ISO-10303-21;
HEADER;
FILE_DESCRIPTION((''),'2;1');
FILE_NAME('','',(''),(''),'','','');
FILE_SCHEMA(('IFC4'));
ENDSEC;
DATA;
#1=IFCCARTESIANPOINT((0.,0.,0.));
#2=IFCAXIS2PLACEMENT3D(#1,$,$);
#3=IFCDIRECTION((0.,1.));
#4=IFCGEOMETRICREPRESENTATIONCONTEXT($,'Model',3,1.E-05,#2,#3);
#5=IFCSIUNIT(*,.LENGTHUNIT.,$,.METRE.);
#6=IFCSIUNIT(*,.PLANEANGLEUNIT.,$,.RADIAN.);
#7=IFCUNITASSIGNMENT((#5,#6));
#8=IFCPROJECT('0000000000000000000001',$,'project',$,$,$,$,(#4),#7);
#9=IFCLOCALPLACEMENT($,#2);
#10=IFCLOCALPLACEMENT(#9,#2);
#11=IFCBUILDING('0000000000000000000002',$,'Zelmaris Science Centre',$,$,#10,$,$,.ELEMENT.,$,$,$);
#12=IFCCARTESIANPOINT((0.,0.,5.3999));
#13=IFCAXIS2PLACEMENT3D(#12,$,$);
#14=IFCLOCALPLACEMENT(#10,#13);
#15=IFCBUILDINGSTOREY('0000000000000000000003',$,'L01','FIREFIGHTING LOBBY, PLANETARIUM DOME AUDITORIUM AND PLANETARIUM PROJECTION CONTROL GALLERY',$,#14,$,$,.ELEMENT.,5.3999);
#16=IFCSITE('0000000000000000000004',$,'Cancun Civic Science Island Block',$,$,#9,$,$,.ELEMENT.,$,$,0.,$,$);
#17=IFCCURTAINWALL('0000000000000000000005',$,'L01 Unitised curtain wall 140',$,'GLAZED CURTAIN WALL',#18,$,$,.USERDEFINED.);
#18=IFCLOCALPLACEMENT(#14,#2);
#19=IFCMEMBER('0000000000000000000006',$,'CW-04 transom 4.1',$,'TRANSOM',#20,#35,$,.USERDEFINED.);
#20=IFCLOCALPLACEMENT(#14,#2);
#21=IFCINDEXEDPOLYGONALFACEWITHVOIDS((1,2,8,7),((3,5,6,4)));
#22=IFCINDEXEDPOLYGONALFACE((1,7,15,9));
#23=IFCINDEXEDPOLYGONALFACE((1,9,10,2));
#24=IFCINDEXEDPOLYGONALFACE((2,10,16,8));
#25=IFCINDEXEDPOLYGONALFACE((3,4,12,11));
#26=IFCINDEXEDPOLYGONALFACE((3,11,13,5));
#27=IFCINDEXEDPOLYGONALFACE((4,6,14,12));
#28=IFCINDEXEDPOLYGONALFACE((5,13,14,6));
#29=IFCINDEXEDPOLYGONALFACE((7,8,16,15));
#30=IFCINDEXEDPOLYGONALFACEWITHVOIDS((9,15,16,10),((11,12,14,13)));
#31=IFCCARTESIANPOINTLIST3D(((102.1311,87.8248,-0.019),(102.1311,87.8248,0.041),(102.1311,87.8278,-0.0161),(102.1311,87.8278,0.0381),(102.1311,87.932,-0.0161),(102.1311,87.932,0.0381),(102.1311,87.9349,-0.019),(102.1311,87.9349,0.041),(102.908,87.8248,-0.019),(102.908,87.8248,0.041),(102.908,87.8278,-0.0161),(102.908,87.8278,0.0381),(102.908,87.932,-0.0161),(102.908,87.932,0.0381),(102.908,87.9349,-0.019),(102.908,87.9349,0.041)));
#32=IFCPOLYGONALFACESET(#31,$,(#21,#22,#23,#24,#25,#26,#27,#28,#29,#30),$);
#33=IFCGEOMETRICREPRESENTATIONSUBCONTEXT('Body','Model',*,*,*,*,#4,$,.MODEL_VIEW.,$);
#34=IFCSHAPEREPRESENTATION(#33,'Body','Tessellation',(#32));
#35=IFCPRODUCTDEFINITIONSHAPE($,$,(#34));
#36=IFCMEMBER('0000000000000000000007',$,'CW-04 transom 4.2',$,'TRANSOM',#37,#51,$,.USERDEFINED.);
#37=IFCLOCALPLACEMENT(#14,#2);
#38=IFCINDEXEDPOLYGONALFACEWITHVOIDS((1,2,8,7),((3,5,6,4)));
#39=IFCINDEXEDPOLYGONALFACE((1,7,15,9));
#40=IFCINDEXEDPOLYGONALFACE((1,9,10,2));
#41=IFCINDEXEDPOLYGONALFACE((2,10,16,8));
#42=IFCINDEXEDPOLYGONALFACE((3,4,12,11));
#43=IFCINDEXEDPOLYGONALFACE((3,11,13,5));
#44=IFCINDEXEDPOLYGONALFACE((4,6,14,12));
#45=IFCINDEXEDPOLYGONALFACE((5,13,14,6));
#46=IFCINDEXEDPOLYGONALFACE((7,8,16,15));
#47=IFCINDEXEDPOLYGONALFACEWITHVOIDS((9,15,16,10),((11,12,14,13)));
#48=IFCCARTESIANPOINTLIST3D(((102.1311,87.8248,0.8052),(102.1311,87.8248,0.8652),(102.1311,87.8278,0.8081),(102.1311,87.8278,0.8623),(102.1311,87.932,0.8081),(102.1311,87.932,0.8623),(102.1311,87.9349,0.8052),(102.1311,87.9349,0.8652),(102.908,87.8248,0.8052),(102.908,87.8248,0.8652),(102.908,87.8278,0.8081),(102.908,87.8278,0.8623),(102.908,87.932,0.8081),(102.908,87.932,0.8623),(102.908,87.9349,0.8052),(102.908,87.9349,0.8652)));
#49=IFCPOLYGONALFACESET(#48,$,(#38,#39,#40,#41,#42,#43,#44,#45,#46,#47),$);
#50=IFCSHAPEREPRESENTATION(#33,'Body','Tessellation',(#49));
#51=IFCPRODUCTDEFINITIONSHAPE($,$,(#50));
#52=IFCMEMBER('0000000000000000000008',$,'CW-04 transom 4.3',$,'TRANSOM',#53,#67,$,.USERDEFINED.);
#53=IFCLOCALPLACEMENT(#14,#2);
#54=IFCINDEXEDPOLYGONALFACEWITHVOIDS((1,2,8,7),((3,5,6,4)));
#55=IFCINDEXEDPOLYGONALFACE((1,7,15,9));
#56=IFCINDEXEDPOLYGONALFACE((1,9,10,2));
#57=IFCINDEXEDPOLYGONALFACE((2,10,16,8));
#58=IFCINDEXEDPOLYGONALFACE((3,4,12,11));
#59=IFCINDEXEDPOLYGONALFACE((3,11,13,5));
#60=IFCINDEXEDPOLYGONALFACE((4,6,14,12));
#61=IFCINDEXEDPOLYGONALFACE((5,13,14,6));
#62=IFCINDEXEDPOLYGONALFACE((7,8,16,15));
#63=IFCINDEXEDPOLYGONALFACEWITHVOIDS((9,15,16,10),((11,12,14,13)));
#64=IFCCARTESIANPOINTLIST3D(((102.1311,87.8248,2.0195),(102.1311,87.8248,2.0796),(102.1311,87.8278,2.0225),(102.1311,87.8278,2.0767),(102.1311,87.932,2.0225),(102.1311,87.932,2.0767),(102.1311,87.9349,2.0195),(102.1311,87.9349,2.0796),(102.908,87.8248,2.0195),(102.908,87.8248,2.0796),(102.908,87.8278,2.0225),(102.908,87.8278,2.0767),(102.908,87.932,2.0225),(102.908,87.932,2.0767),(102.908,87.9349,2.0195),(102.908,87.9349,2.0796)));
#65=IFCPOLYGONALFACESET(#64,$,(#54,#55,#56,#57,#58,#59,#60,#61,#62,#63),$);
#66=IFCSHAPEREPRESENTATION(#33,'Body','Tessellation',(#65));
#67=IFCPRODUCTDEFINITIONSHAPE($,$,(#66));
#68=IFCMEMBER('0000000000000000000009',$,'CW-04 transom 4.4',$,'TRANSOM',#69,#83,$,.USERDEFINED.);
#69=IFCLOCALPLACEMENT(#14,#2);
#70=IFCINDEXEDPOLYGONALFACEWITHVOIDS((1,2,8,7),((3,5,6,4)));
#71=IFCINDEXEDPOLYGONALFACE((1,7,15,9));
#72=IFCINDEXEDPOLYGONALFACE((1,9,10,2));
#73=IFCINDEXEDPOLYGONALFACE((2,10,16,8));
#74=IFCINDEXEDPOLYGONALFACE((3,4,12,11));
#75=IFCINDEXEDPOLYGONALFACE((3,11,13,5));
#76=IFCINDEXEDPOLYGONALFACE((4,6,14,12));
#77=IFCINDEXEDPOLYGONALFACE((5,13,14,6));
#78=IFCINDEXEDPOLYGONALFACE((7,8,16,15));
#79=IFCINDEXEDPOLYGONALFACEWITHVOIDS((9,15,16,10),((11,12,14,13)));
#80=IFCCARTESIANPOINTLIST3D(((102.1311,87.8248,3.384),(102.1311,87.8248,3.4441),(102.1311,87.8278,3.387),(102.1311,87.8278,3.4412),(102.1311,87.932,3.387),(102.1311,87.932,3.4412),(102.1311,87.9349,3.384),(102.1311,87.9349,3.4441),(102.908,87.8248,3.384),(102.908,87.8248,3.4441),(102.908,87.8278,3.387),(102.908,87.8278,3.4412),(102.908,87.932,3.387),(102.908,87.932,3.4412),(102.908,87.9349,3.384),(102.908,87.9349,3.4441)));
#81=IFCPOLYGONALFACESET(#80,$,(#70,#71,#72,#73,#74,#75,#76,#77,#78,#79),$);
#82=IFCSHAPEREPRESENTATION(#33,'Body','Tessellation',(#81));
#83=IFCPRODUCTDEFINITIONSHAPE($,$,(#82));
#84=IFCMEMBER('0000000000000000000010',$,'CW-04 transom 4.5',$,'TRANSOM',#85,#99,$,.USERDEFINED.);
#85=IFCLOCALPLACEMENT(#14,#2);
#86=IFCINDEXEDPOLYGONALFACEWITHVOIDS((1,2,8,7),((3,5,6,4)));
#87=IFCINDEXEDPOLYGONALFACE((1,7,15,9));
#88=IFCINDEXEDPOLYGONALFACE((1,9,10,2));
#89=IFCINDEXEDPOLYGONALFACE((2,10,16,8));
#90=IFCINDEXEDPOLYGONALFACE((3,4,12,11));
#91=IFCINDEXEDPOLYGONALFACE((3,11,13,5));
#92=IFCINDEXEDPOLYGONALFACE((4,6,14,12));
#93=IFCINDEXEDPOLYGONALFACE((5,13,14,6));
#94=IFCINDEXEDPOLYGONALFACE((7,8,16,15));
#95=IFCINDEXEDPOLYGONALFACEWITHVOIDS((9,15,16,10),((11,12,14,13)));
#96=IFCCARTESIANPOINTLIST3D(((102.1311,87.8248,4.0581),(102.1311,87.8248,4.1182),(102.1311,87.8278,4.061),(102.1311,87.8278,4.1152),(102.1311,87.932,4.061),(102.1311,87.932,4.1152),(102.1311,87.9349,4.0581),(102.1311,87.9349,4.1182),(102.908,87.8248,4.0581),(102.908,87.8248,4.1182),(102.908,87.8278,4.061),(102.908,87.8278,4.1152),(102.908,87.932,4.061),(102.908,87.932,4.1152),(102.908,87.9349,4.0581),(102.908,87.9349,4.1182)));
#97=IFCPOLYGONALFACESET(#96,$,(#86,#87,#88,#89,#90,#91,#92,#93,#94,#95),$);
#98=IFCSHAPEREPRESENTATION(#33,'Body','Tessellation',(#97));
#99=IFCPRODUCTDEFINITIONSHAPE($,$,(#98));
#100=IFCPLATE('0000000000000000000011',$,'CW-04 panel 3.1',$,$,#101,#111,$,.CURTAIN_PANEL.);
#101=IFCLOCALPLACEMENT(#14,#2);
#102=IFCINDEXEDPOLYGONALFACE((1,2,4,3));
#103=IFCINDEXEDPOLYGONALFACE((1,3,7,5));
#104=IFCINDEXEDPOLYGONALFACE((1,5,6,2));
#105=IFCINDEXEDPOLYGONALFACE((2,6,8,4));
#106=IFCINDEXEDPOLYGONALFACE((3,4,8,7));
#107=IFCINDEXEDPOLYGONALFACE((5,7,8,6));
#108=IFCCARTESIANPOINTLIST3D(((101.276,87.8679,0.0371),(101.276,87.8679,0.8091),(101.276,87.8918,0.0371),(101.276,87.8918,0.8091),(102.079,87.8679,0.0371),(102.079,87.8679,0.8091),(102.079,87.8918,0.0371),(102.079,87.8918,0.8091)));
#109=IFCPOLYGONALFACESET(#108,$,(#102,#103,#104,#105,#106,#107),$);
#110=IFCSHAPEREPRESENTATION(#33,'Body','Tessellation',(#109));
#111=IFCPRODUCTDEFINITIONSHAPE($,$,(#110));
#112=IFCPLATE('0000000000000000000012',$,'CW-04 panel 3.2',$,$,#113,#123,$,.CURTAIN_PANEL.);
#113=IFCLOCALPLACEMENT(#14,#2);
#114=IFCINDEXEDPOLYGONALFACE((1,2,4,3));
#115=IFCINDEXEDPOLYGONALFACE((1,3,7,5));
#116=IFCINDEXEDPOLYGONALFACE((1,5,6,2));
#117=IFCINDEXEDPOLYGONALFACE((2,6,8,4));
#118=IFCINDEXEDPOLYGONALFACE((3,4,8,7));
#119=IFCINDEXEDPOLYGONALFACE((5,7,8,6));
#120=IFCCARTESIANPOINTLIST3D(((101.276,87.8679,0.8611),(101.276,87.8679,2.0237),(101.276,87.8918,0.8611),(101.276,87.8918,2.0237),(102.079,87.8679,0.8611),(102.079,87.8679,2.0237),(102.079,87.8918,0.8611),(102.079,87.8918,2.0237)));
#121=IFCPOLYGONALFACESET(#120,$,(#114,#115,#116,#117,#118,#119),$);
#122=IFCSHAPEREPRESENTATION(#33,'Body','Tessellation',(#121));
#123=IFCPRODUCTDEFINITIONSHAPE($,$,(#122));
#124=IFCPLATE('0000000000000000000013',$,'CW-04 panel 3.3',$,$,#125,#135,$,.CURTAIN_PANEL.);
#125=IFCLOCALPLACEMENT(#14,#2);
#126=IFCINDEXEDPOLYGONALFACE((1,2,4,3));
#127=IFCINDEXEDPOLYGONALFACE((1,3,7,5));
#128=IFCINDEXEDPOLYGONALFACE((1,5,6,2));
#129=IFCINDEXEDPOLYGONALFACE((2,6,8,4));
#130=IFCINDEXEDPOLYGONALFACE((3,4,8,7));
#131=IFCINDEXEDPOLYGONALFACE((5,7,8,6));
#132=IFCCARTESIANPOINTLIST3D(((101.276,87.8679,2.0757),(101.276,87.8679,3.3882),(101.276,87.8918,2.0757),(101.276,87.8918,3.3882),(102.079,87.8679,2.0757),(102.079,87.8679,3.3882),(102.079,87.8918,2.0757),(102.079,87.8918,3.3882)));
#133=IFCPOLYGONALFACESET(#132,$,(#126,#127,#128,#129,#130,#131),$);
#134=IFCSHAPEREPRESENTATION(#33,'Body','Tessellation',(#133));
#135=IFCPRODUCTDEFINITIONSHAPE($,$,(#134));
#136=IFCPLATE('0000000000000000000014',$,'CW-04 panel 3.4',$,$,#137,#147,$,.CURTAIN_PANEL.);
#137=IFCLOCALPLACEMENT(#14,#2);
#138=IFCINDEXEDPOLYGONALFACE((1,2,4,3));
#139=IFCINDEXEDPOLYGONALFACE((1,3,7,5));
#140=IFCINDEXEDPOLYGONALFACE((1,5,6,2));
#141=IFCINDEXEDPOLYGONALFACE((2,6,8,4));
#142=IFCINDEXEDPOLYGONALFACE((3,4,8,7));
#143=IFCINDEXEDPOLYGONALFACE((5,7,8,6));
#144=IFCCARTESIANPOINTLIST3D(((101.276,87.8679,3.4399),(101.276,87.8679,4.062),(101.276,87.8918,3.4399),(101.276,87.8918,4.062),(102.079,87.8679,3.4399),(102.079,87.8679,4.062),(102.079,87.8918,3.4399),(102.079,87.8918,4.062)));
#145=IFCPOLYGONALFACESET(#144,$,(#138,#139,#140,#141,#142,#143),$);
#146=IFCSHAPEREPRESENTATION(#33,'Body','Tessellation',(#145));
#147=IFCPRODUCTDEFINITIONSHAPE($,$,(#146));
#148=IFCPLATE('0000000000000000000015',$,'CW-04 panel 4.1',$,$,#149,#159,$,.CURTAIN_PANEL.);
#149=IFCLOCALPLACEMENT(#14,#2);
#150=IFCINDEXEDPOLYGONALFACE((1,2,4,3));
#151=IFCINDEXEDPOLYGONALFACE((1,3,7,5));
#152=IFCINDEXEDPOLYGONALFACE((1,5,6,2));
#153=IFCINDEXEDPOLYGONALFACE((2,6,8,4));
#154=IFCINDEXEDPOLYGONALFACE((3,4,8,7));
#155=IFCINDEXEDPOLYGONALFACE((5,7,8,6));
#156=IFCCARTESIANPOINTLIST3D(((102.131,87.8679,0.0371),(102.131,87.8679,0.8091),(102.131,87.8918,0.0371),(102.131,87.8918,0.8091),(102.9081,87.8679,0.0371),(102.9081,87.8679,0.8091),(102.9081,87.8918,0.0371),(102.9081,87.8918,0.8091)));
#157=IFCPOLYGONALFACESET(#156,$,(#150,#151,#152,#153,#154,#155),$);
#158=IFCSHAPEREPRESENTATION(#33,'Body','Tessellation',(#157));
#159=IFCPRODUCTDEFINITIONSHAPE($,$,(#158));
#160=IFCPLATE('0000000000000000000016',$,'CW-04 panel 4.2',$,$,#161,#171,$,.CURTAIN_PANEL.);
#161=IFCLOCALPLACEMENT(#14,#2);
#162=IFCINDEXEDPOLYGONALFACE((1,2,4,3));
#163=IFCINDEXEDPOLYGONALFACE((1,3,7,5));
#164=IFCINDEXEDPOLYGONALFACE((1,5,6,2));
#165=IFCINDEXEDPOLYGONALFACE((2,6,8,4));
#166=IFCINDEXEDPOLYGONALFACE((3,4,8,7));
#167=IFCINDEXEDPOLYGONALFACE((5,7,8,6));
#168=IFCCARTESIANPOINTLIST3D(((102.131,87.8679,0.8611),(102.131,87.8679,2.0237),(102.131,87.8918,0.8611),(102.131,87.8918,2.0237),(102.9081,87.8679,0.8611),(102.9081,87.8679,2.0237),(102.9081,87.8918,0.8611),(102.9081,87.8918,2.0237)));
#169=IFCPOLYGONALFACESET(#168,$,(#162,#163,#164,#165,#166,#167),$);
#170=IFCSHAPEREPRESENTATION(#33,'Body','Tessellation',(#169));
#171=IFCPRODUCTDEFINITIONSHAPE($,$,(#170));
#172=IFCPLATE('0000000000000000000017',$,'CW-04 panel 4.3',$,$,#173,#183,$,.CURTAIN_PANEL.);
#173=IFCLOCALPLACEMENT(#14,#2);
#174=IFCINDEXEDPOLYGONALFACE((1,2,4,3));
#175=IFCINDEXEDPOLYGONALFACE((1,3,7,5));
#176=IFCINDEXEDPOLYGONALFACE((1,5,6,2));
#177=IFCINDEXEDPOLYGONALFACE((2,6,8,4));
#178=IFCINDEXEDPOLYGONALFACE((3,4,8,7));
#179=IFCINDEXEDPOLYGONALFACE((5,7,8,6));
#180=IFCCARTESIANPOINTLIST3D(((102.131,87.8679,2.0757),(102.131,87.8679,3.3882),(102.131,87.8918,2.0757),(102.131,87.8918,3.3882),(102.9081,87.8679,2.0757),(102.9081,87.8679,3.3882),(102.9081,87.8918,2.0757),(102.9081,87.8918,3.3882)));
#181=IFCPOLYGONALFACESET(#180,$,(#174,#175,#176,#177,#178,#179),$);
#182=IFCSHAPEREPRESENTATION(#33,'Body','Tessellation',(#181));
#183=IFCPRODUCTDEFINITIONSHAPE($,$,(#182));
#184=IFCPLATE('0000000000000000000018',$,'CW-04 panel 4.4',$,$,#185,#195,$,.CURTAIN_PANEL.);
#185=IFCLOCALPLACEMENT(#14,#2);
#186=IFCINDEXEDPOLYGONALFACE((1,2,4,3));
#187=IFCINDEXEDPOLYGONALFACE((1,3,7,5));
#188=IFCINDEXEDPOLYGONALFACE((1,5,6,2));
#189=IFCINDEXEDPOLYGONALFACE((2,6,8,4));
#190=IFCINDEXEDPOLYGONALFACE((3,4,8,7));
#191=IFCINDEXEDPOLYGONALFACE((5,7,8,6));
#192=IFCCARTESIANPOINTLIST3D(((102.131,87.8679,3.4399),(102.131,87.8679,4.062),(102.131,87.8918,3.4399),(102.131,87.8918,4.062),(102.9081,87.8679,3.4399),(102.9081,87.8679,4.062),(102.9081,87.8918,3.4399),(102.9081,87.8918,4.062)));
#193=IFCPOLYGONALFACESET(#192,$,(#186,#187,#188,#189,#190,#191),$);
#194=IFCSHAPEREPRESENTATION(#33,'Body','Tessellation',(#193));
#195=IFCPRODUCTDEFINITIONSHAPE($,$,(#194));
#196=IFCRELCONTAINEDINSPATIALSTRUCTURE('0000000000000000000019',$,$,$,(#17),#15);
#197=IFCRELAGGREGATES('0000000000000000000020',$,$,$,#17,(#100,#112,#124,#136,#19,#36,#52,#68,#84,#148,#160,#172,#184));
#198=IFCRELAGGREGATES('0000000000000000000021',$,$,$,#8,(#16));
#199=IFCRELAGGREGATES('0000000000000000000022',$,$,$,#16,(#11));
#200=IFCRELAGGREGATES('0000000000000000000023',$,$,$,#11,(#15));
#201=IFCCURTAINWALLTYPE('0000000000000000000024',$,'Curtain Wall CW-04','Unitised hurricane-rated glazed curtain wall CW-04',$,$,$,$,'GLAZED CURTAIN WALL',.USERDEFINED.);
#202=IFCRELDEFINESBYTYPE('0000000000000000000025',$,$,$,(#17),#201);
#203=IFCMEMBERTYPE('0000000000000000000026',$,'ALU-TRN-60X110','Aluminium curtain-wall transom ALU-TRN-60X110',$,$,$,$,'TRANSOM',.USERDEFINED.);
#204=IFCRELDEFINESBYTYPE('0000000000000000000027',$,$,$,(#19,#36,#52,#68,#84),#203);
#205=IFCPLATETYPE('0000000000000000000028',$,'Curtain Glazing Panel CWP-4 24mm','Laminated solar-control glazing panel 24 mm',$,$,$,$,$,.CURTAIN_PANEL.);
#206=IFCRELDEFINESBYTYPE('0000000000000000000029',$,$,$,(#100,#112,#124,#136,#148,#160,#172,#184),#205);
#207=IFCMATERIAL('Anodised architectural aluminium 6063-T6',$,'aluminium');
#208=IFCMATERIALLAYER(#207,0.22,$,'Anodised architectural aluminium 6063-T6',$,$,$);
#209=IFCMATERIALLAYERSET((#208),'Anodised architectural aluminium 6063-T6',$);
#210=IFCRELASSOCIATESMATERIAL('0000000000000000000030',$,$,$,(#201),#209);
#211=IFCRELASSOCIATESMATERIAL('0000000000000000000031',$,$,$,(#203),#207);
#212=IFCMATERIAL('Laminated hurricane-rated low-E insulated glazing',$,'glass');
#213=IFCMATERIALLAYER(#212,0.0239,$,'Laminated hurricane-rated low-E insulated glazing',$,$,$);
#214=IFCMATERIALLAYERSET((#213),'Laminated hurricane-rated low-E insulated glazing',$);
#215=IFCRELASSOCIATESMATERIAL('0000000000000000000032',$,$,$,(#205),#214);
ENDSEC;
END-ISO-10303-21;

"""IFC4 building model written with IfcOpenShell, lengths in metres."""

from ifc_helpers import new_model, si_unit, direction, frame, origin, origin_2d, place, context, subcontext, project, spatial, rectangle, hollow_rectangle, extrude, material, layer, layer_set, material_profile, profile_set, type_object, element, aggregate, save


model = new_model("IFC4")

# Units and contexts
model_context = context("Model", 3, precision=1e-05, world=origin(), true_north=direction((0.0, 1.0)))
body_context = subcontext(model_context, "Body", "Model", "MODEL_VIEW")
ifc_project = project(units=[si_unit("LENGTHUNIT", "METRE"), si_unit("PLANEANGLEUNIT", "RADIAN")], contexts=[model_context])

# Site, building, storey
site_placement = place(None, origin())
site = spatial("IfcSite", under=ifc_project, at=site_placement, Name="Cancun Civic Science Island Block", CompositionType="ELEMENT", RefElevation=0.0)
building_placement = place(site_placement, origin())
building = spatial("IfcBuilding", under=site, at=building_placement, Name="Zelmaris Science Centre", CompositionType="ELEMENT")
storey_placement = place(building_placement, frame((0.0, 0.0, 5.3999)))
storey = spatial("IfcBuildingStorey", under=building, at=storey_placement, Name="L01", Description="FIREFIGHTING LOBBY, PLANETARIUM DOME AUDITORIUM AND PLANETARIUM PROJECTION CONTROL GALLERY", CompositionType="ELEMENT", Elevation=5.3999)

# Curtain wall, members, plates
ifc_material_1 = material(Name="Anodised architectural aluminium 6063-T6", Category="aluminium")
ifc_layer_1 = layer(ifc_material_1, 0.22, Name="Anodised architectural aluminium 6063-T6")
ifc_layer_set_1 = layer_set([ifc_layer_1], Name="Anodised architectural aluminium 6063-T6")
curtain_wall_type = type_object("IfcCurtainWallType", Name="Curtain Wall CW-04", Description="Unitised hurricane-rated glazed curtain wall CW-04", ElementType="GLAZED CURTAIN WALL", PredefinedType="USERDEFINED", material=ifc_layer_set_1)
curtain_wall_placement = place(storey_placement, origin())
curtain_wall = element("IfcCurtainWall", 1, at=curtain_wall_placement, inside=storey, type_object=curtain_wall_type, Name="L01 Unitised curtain wall 140", ObjectType="GLAZED CURTAIN WALL", PredefinedType="USERDEFINED")
ifc_material_profile_1 = material_profile(ifc_material_1, hollow_rectangle(XDim=0.0601, YDim=0.1101, WallThickness=0.0029, at=origin_2d()), Name="ALU-TRN-60X110")
ifc_profile_set_1 = profile_set([ifc_material_profile_1], Name="Anodised architectural aluminium 6063-T6")
member_type_1 = type_object("IfcMemberType", Name="ALU-TRN-60X110", Description="Aluminium curtain-wall transom ALU-TRN-60X110", ElementType="TRANSOM", PredefinedType="USERDEFINED", material=ifc_profile_set_1)
member_1_placement = place(storey_placement, frame((102.1311, 87.8799, 0.011), z_axis=(1.0, 0.0, 0.0), x_axis=(0.0, 0.0, 1.0)))
member_1 = element("IfcMember", 2, at=member_1_placement, type_object=member_type_1, Name="CW-04 transom 4.1", ObjectType="TRANSOM", PredefinedType="USERDEFINED", context=body_context, shape_type="SweptSolid", body=[
    extrude(hollow_rectangle(XDim=0.0601, YDim=0.1101, WallThickness=0.0029, at=origin_2d()), origin(), (0.0, 0.0, 1.0), 0.7769),
])
member_2_placement = place(storey_placement, frame((102.1311, 87.8799, 0.8352), z_axis=(1.0, 0.0, 0.0), x_axis=(0.0, 0.0, 1.0)))
member_2 = element("IfcMember", 3, at=member_2_placement, type_object=member_type_1, Name="CW-04 transom 4.2", ObjectType="TRANSOM", PredefinedType="USERDEFINED", context=body_context, shape_type="SweptSolid", body=[
    extrude(hollow_rectangle(XDim=0.0601, YDim=0.1101, WallThickness=0.0029, at=origin_2d()), origin(), (0.0, 0.0, 1.0), 0.7769),
])
member_3_placement = place(storey_placement, frame((102.1311, 87.8799, 2.0496), z_axis=(1.0, 0.0, 0.0), x_axis=(0.0, 0.0, 1.0)))
member_3 = element("IfcMember", 4, at=member_3_placement, type_object=member_type_1, Name="CW-04 transom 4.3", ObjectType="TRANSOM", PredefinedType="USERDEFINED", context=body_context, shape_type="SweptSolid", body=[
    extrude(hollow_rectangle(XDim=0.0601, YDim=0.1101, WallThickness=0.0029, at=origin_2d()), origin(), (0.0, 0.0, 1.0), 0.7769),
])
member_4_placement = place(storey_placement, frame((102.1311, 87.8799, 3.4141), z_axis=(1.0, 0.0, 0.0), x_axis=(0.0, 0.0, 1.0)))
member_4 = element("IfcMember", 5, at=member_4_placement, type_object=member_type_1, Name="CW-04 transom 4.4", ObjectType="TRANSOM", PredefinedType="USERDEFINED", context=body_context, shape_type="SweptSolid", body=[
    extrude(hollow_rectangle(XDim=0.0601, YDim=0.1101, WallThickness=0.0029, at=origin_2d()), origin(), (0.0, 0.0, 1.0), 0.7769),
])
member_5_placement = place(storey_placement, frame((102.1311, 87.8799, 4.0881), z_axis=(1.0, 0.0, 0.0), x_axis=(0.0, 0.0, 1.0)))
member_5 = element("IfcMember", 6, at=member_5_placement, type_object=member_type_1, Name="CW-04 transom 4.5", ObjectType="TRANSOM", PredefinedType="USERDEFINED", context=body_context, shape_type="SweptSolid", body=[
    extrude(hollow_rectangle(XDim=0.0601, YDim=0.1101, WallThickness=0.0029, at=origin_2d()), origin(), (0.0, 0.0, 1.0), 0.7769),
])
ifc_material_2 = material(Name="Laminated hurricane-rated low-E insulated glazing", Category="glass")
ifc_layer_2 = layer(ifc_material_2, 0.0239, Name="Laminated hurricane-rated low-E insulated glazing")
ifc_layer_set_2 = layer_set([ifc_layer_2], Name="Laminated hurricane-rated low-E insulated glazing")
plate_type = type_object("IfcPlateType", Name="Curtain Glazing Panel CWP-4 24mm", Description="Laminated solar-control glazing panel 24 mm", PredefinedType="CURTAIN_PANEL", material=ifc_layer_set_2)
plate_1_placement = place(storey_placement, frame((101.6775, 87.8799, 0.0371), z_axis=(0.0, 0.0, 1.0), x_axis=(1.0, 0.0, 0.0)))
plate_1 = element("IfcPlate", 7, at=plate_1_placement, type_object=plate_type, Name="CW-04 panel 3.1", PredefinedType="CURTAIN_PANEL", context=body_context, shape_type="SweptSolid", body=[
    extrude(rectangle(XDim=0.803, YDim=0.0239, at=origin_2d()), origin(), (0.0, 0.0, 1.0), 0.772),
])
plate_2_placement = place(storey_placement, frame((101.6775, 87.8799, 0.8611), z_axis=(0.0, 0.0, 1.0), x_axis=(1.0, 0.0, 0.0)))
plate_2 = element("IfcPlate", 8, at=plate_2_placement, type_object=plate_type, Name="CW-04 panel 3.2", PredefinedType="CURTAIN_PANEL", context=body_context, shape_type="SweptSolid", body=[
    extrude(rectangle(XDim=0.803, YDim=0.0239, at=origin_2d()), origin(), (0.0, 0.0, 1.0), 1.1626),
])
plate_3_placement = place(storey_placement, frame((101.6775, 87.8799, 2.0757), z_axis=(0.0, 0.0, 1.0), x_axis=(1.0, 0.0, 0.0)))
plate_3 = element("IfcPlate", 9, at=plate_3_placement, type_object=plate_type, Name="CW-04 panel 3.3", PredefinedType="CURTAIN_PANEL", context=body_context, shape_type="SweptSolid", body=[
    extrude(rectangle(XDim=0.803, YDim=0.0239, at=origin_2d()), origin(), (0.0, 0.0, 1.0), 1.3125),
])
plate_4_placement = place(storey_placement, frame((101.6775, 87.8799, 3.4399), z_axis=(0.0, 0.0, 1.0), x_axis=(1.0, 0.0, 0.0)))
plate_4 = element("IfcPlate", 10, at=plate_4_placement, type_object=plate_type, Name="CW-04 panel 3.4", PredefinedType="CURTAIN_PANEL", context=body_context, shape_type="SweptSolid", body=[
    extrude(rectangle(XDim=0.803, YDim=0.0239, at=origin_2d()), origin(), (0.0, 0.0, 1.0), 0.6221),
])
plate_5_placement = place(storey_placement, frame((102.5195, 87.8799, 0.0371), z_axis=(0.0, 0.0, 1.0), x_axis=(1.0, 0.0, 0.0)))
plate_5 = element("IfcPlate", 11, at=plate_5_placement, type_object=plate_type, Name="CW-04 panel 4.1", PredefinedType="CURTAIN_PANEL", context=body_context, shape_type="SweptSolid", body=[
    extrude(rectangle(XDim=0.7771, YDim=0.0239, at=origin_2d()), origin(), (0.0, 0.0, 1.0), 0.772),
])
plate_6_placement = place(storey_placement, frame((102.5195, 87.8799, 0.8611), z_axis=(0.0, 0.0, 1.0), x_axis=(1.0, 0.0, 0.0)))
plate_6 = element("IfcPlate", 12, at=plate_6_placement, type_object=plate_type, Name="CW-04 panel 4.2", PredefinedType="CURTAIN_PANEL", context=body_context, shape_type="SweptSolid", body=[
    extrude(rectangle(XDim=0.7771, YDim=0.0239, at=origin_2d()), origin(), (0.0, 0.0, 1.0), 1.1626),
])
plate_7_placement = place(storey_placement, frame((102.5195, 87.8799, 2.0757), z_axis=(0.0, 0.0, 1.0), x_axis=(1.0, 0.0, 0.0)))
plate_7 = element("IfcPlate", 13, at=plate_7_placement, type_object=plate_type, Name="CW-04 panel 4.3", PredefinedType="CURTAIN_PANEL", context=body_context, shape_type="SweptSolid", body=[
    extrude(rectangle(XDim=0.7771, YDim=0.0239, at=origin_2d()), origin(), (0.0, 0.0, 1.0), 1.3125),
])
plate_8_placement = place(storey_placement, frame((102.5195, 87.8799, 3.4399), z_axis=(0.0, 0.0, 1.0), x_axis=(1.0, 0.0, 0.0)))
plate_8 = element("IfcPlate", 14, at=plate_8_placement, type_object=plate_type, Name="CW-04 panel 4.4", PredefinedType="CURTAIN_PANEL", context=body_context, shape_type="SweptSolid", body=[
    extrude(rectangle(XDim=0.7771, YDim=0.0239, at=origin_2d()), origin(), (0.0, 0.0, 1.0), 0.6221),
])
aggregate(curtain_wall, [plate_1, plate_2, plate_3, plate_4, member_1, member_2, member_3, member_4, member_5, plate_5, plate_6, plate_7, plate_8])

save(model, "model.ifc")
